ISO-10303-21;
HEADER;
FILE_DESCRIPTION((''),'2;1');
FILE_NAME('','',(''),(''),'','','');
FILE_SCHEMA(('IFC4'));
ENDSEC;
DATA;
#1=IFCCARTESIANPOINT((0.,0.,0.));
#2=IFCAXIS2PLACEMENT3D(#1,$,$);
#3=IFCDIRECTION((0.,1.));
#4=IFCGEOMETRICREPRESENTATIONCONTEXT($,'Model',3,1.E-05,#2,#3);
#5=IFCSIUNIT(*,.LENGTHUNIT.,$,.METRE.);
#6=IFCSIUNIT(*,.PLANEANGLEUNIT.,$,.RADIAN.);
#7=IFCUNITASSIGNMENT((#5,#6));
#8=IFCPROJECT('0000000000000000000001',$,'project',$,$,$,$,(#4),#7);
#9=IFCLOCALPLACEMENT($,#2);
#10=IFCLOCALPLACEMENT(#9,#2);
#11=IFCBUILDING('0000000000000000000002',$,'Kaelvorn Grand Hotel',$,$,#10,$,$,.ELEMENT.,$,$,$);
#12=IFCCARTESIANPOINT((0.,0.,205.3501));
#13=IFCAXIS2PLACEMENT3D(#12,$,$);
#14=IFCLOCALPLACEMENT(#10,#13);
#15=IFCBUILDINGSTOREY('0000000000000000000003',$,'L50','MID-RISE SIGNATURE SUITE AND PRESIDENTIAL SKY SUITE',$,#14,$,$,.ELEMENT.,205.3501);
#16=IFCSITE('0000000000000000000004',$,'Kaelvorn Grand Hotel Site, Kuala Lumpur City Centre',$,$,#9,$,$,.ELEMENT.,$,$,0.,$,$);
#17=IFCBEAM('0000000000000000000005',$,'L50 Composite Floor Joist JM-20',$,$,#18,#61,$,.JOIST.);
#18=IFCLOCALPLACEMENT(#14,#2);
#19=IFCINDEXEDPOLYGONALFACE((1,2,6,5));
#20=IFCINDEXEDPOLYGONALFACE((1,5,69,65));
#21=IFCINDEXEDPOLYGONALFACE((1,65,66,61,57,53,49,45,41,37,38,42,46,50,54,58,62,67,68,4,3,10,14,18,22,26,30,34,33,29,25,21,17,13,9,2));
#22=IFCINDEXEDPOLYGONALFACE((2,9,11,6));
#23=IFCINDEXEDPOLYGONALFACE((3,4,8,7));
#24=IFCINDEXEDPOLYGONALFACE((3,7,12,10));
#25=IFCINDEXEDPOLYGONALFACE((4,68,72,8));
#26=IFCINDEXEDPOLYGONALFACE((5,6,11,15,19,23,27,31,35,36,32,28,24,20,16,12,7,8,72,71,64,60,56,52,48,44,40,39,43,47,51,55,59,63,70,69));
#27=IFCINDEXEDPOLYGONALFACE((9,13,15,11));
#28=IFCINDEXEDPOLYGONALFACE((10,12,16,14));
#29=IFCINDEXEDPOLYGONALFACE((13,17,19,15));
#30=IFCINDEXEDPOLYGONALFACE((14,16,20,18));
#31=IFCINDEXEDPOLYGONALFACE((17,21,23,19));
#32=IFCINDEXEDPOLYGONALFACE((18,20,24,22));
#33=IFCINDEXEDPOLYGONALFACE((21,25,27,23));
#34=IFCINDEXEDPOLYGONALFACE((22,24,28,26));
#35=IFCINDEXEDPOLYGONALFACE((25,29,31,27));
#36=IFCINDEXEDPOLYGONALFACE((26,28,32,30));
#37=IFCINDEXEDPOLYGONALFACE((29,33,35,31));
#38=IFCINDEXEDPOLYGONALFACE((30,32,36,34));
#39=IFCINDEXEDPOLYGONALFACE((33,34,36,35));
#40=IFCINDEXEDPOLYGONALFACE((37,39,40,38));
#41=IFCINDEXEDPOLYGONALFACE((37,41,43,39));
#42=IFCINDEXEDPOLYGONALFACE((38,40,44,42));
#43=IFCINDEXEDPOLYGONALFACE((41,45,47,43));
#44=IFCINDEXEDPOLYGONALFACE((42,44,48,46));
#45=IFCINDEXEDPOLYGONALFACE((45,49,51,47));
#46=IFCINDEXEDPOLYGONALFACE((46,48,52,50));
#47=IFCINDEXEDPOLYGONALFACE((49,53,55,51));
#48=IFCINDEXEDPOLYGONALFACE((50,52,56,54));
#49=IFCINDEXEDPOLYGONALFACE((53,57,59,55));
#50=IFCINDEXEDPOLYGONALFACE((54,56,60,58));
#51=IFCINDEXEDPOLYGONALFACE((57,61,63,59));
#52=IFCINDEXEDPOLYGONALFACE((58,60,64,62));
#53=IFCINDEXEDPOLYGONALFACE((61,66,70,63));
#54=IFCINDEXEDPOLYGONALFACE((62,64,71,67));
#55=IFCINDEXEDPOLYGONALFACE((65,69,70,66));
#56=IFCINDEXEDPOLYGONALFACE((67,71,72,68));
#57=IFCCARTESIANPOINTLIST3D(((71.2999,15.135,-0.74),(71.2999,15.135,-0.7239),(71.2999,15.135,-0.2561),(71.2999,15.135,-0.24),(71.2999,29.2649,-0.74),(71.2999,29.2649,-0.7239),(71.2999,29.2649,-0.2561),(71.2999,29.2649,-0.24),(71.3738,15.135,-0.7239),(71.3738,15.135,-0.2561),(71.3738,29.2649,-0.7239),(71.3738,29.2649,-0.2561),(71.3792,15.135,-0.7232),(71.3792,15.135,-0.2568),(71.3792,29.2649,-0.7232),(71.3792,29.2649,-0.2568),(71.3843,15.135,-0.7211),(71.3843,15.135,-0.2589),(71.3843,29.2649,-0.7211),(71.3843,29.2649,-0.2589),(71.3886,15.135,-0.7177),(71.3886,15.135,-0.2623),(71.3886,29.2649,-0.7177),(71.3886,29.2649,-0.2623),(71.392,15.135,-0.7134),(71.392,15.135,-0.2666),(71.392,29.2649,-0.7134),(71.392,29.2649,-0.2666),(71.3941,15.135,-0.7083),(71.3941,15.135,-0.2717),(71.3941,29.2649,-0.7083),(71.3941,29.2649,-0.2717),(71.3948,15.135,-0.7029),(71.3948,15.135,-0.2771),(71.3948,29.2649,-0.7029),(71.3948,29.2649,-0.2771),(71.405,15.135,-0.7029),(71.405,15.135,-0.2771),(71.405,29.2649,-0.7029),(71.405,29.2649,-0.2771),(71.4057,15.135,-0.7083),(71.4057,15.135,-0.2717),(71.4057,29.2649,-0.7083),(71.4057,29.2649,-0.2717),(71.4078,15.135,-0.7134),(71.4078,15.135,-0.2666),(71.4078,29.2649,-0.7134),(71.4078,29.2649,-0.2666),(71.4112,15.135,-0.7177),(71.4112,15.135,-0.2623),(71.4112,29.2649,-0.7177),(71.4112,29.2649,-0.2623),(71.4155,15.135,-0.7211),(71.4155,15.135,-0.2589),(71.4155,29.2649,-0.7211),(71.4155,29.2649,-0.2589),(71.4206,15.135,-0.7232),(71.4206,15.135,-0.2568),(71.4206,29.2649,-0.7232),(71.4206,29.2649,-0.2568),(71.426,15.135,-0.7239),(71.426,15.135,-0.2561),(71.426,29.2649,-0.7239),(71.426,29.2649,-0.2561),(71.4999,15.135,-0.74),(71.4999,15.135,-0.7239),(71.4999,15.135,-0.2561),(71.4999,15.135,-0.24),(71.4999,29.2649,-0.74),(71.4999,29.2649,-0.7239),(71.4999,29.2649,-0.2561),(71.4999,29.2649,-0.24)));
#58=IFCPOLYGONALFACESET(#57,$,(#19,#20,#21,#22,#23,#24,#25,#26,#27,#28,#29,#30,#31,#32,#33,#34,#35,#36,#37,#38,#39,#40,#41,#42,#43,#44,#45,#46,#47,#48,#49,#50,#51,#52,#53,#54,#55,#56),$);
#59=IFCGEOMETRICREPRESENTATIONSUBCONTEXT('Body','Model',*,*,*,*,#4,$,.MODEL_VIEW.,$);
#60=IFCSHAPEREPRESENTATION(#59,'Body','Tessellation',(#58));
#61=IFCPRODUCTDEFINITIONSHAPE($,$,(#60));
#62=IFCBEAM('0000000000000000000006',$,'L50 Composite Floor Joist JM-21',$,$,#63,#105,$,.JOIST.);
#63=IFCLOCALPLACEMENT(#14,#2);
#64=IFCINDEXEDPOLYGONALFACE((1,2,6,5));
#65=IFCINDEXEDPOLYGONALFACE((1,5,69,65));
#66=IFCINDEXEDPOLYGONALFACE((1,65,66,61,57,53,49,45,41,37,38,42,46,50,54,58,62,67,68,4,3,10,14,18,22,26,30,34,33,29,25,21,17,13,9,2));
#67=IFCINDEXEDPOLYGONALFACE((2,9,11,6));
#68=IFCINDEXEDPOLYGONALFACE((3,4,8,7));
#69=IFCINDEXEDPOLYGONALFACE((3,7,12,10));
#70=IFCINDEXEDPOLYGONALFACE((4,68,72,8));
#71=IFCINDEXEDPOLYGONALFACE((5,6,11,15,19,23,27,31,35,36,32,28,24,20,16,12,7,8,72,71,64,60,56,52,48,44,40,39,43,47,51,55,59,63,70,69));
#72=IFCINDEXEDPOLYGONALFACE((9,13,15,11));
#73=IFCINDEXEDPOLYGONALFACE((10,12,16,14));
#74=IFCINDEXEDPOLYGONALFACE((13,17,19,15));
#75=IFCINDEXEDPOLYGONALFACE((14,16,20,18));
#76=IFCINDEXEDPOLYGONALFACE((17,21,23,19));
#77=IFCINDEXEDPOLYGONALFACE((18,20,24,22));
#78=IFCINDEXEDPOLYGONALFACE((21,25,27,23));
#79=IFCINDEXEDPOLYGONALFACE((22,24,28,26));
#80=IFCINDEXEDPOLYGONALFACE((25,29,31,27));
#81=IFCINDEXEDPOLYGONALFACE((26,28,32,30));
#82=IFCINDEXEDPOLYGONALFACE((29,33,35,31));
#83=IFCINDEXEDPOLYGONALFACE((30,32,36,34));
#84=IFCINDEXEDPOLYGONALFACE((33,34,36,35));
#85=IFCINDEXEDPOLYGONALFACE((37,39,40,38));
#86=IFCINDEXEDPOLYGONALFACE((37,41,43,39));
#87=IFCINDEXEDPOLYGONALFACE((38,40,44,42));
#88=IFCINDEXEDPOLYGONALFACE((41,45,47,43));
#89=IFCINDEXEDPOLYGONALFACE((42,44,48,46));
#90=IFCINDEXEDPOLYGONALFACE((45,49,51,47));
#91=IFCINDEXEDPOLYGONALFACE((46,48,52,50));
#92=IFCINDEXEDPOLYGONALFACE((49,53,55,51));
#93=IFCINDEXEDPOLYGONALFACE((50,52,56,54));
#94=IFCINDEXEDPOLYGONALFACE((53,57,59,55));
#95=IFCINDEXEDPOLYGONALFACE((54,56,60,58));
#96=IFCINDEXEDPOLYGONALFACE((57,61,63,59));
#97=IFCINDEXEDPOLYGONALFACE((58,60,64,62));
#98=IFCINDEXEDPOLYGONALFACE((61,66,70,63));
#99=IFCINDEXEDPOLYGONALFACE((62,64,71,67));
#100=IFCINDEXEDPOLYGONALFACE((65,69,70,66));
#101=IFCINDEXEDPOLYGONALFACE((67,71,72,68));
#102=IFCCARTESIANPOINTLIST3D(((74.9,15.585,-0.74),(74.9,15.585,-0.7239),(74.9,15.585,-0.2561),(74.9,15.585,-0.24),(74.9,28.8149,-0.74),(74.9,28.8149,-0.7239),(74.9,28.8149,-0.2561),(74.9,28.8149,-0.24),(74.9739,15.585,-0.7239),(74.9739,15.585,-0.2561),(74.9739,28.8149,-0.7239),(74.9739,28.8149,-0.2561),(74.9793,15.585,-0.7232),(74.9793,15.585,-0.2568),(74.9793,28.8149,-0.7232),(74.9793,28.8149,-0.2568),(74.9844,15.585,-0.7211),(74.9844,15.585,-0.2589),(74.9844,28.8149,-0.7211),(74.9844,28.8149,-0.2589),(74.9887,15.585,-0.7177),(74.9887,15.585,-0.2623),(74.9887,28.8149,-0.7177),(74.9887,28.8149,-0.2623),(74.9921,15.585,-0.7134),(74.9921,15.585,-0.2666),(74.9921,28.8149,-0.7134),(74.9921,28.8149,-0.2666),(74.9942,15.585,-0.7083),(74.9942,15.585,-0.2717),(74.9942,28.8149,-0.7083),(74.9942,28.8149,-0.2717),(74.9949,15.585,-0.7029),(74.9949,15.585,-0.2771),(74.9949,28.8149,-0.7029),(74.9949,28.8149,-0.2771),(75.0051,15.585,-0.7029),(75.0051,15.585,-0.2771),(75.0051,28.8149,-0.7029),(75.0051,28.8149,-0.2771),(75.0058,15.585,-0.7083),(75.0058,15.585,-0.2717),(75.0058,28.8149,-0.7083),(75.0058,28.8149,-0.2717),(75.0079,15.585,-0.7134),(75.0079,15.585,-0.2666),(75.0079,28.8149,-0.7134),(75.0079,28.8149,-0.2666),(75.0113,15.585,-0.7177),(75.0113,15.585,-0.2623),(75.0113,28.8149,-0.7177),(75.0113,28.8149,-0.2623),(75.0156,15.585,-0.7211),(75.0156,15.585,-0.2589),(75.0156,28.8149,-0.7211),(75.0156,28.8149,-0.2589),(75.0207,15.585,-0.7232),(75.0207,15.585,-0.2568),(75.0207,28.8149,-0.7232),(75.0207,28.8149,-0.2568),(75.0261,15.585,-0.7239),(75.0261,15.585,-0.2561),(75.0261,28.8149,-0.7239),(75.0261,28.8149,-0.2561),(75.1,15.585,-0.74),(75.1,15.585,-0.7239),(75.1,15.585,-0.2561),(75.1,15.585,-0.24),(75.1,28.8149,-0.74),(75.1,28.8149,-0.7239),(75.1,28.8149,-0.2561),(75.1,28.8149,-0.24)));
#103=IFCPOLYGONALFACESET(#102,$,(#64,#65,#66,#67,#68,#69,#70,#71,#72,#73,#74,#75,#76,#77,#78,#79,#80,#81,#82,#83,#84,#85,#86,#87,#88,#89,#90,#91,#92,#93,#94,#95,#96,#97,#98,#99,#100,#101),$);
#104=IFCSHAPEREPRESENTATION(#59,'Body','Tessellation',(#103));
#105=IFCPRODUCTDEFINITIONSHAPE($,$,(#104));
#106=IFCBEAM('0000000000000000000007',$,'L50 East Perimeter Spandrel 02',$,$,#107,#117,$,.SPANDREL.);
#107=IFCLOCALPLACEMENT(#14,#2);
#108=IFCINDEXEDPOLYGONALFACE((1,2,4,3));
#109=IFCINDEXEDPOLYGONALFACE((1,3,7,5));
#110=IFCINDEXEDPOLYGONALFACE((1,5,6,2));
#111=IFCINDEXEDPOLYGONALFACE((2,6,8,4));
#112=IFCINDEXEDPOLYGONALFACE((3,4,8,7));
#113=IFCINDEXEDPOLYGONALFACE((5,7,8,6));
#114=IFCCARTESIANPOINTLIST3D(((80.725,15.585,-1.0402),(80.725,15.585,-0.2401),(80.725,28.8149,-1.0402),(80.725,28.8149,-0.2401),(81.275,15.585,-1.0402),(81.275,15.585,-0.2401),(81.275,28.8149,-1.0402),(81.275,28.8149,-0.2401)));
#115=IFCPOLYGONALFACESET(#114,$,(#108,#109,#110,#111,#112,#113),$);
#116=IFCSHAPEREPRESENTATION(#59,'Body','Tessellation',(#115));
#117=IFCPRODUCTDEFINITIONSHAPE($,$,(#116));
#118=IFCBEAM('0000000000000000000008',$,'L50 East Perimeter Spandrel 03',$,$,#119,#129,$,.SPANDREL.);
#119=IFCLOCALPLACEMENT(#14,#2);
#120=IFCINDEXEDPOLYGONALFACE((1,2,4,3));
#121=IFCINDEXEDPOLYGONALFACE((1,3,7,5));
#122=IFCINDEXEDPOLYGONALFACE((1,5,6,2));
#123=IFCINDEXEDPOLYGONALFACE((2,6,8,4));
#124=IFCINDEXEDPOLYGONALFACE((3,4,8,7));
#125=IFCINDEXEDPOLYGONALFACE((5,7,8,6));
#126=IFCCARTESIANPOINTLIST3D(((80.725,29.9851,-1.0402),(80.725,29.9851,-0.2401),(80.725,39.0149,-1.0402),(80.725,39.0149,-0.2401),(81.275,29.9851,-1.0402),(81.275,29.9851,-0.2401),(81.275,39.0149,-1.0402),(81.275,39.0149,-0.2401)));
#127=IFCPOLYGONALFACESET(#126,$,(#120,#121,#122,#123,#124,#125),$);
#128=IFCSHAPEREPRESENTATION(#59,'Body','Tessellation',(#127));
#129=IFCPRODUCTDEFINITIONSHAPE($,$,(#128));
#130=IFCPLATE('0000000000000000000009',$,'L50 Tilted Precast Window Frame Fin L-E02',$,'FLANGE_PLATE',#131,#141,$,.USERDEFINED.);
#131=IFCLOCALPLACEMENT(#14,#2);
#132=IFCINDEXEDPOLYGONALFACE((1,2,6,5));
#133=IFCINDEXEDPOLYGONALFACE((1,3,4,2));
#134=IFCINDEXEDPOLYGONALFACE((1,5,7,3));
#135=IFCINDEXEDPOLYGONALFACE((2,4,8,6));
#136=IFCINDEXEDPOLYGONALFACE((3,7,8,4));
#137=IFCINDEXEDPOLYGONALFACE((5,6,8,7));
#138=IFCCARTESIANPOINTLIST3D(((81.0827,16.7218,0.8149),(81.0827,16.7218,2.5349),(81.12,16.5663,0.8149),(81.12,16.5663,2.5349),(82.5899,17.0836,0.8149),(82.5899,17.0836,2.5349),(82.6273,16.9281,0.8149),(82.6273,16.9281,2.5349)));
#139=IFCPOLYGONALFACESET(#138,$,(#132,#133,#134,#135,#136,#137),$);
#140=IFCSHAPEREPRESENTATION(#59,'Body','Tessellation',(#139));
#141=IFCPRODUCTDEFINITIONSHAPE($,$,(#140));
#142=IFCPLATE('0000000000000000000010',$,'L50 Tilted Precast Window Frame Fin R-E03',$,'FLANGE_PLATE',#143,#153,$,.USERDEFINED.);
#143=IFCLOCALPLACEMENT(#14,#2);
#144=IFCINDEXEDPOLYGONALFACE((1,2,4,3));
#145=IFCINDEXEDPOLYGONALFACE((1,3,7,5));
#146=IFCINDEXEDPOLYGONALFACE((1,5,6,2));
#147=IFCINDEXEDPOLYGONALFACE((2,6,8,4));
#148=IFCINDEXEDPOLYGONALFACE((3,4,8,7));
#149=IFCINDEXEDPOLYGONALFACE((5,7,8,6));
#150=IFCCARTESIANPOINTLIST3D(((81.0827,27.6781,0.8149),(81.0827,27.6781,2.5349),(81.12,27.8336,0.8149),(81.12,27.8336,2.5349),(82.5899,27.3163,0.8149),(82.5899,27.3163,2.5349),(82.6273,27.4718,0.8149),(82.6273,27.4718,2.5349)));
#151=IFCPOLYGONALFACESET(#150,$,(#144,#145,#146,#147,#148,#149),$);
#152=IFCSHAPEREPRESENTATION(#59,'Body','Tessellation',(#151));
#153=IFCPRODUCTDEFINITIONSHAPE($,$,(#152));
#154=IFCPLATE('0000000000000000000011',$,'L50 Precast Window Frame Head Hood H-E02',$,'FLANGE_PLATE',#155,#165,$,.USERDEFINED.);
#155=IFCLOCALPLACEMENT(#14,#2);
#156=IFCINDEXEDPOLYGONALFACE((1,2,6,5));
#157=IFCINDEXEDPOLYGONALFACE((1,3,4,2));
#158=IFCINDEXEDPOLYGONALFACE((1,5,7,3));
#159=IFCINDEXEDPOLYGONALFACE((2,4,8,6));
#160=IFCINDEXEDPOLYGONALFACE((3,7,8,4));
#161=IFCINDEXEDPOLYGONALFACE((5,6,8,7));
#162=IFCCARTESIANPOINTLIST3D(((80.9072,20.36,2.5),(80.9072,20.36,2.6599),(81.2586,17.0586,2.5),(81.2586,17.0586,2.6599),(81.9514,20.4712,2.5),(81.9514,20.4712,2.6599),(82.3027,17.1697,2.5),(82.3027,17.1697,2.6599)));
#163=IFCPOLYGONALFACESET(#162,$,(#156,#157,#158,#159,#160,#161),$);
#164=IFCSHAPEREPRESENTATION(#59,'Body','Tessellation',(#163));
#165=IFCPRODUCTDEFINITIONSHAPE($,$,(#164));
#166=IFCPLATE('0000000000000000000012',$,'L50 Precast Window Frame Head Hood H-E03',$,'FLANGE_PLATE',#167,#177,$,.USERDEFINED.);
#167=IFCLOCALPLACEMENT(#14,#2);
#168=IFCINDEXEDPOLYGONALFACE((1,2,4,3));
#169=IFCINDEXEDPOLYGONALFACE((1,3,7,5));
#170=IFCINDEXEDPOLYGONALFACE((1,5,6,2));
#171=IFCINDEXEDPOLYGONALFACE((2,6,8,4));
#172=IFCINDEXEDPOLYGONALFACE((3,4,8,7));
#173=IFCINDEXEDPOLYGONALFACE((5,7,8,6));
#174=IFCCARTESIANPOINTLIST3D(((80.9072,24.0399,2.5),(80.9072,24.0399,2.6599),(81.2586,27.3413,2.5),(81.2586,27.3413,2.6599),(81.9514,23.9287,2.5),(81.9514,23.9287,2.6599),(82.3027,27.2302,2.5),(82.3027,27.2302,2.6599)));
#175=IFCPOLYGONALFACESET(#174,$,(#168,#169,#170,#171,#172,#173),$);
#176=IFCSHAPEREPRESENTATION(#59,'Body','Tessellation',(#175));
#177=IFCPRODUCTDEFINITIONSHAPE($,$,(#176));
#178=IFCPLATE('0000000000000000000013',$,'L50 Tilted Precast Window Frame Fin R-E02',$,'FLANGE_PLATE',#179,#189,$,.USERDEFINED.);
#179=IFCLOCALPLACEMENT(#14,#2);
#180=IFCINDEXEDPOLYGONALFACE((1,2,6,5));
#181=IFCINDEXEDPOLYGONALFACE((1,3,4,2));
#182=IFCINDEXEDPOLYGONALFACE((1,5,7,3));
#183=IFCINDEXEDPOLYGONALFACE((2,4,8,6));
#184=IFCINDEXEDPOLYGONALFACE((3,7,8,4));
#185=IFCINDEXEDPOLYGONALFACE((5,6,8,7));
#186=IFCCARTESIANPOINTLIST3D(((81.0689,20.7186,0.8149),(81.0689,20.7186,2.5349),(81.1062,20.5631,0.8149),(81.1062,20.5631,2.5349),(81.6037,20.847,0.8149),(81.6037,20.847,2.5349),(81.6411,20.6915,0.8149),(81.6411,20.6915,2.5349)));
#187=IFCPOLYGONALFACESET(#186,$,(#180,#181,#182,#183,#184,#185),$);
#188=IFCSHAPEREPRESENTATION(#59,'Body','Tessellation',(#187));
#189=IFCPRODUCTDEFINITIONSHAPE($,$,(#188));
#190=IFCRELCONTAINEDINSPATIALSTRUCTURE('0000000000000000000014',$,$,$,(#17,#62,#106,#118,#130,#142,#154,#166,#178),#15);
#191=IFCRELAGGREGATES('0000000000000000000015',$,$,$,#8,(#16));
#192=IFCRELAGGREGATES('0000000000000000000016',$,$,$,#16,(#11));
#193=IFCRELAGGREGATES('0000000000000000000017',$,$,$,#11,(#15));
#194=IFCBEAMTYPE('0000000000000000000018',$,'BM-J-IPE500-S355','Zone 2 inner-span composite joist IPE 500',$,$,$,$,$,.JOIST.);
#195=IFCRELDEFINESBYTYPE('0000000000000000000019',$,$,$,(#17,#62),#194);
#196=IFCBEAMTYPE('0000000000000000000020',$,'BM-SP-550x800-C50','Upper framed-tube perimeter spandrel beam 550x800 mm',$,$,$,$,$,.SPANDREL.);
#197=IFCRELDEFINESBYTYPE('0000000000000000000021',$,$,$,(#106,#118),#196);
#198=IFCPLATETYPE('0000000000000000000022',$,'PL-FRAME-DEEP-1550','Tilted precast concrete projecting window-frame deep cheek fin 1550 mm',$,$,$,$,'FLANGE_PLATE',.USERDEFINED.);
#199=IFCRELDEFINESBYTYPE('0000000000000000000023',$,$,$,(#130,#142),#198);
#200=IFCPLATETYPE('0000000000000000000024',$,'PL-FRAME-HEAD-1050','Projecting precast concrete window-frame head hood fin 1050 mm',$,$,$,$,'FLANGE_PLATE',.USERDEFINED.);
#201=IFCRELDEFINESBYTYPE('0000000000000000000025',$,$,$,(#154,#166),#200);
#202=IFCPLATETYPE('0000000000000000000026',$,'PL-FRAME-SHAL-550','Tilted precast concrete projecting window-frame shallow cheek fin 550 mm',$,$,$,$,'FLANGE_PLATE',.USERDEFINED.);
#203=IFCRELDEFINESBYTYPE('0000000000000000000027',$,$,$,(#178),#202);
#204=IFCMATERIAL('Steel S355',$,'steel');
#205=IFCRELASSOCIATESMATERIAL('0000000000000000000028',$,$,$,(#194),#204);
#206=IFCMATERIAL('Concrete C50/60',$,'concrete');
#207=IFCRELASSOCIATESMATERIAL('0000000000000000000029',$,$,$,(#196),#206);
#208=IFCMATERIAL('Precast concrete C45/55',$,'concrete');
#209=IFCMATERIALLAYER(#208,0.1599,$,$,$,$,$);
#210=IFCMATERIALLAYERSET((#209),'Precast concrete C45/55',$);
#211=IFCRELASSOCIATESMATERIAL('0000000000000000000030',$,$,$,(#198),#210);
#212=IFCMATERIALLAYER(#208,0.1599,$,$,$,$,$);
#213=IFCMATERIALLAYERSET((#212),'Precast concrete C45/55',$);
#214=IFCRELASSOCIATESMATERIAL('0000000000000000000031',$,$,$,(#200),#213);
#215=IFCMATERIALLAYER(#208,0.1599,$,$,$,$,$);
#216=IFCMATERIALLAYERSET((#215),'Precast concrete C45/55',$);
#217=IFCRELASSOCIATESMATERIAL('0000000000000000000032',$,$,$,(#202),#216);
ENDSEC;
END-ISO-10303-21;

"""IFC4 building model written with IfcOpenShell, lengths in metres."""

from ifc_helpers import new_model, si_unit, direction, frame, origin, origin_2d, place, context, subcontext, project, spatial, rectangle, i_section, extrude, material, layer, layer_set, material_profile, profile_set, type_object, element, save


model = new_model("IFC4")

# Units and contexts
model_context = context("Model", 3, precision=1e-05, world=origin(), true_north=direction((0.0, 1.0)))
body_context = subcontext(model_context, "Body", "Model", "MODEL_VIEW")
ifc_project = project(units=[si_unit("LENGTHUNIT", "METRE"), si_unit("PLANEANGLEUNIT", "RADIAN")], contexts=[model_context])

# Site, building, storey
site_placement = place(None, origin())
site = spatial("IfcSite", under=ifc_project, at=site_placement, Name="Kaelvorn Grand Hotel Site, Kuala Lumpur City Centre", CompositionType="ELEMENT", RefElevation=0.0)
building_placement = place(site_placement, origin())
building = spatial("IfcBuilding", under=site, at=building_placement, Name="Kaelvorn Grand Hotel", CompositionType="ELEMENT")
storey_placement = place(building_placement, frame((0.0, 0.0, 205.3501)))
storey = spatial("IfcBuildingStorey", under=building, at=storey_placement, Name="L50", Description="MID-RISE SIGNATURE SUITE AND PRESIDENTIAL SKY SUITE", CompositionType="ELEMENT", Elevation=205.3501)

# Beams
ifc_material_1 = material(Name="Steel S355", Category="steel")
ifc_material_profile_1 = material_profile(ifc_material_1, i_section(OverallWidth=0.2, OverallDepth=0.5, WebThickness=0.0103, FlangeThickness=0.0161, FilletRadius=0.021, at=origin_2d()), Name="IPE 500")
ifc_profile_set_1 = profile_set([ifc_material_profile_1], Name="Steel S355")
beam_type_1 = type_object("IfcBeamType", Name="BM-J-IPE500-S355", Description="Zone 2 inner-span composite joist IPE 500", PredefinedType="JOIST", material=ifc_profile_set_1)
beam_1_placement = place(storey_placement, frame((71.3999, 15.135, -0.49), z_axis=(0.0, 1.0, 0.0), x_axis=(-1.0, 0.0, 0.0)))
element("IfcBeam", 1, at=beam_1_placement, inside=storey, type_object=beam_type_1, Name="L50 Composite Floor Joist JM-20", PredefinedType="JOIST", context=body_context, shape_type="SweptSolid", body=[
    extrude(i_section(OverallWidth=0.2, OverallDepth=0.5, WebThickness=0.0103, FlangeThickness=0.0161, FilletRadius=0.021, at=origin_2d()), origin(), (0.0, 0.0, 1.0), 14.1299),
])
beam_2_placement = place(storey_placement, frame((75.0, 15.585, -0.49), z_axis=(0.0, 1.0, 0.0), x_axis=(-1.0, 0.0, 0.0)))
element("IfcBeam", 2, at=beam_2_placement, inside=storey, type_object=beam_type_1, Name="L50 Composite Floor Joist JM-21", PredefinedType="JOIST", context=body_context, shape_type="SweptSolid", body=[
    extrude(i_section(OverallWidth=0.2, OverallDepth=0.5, WebThickness=0.0103, FlangeThickness=0.0161, FilletRadius=0.021, at=origin_2d()), origin(), (0.0, 0.0, 1.0), 13.23),
])
ifc_material_2 = material(Name="Concrete C50/60", Category="concrete")
ifc_material_profile_2 = material_profile(ifc_material_2, rectangle(XDim=0.55, YDim=0.8, at=origin_2d()), Name="RC SPANDREL 550x800")
ifc_profile_set_2 = profile_set([ifc_material_profile_2], Name="Concrete C50/60")
beam_type_2 = type_object("IfcBeamType", Name="BM-SP-550x800-C50", Description="Upper framed-tube perimeter spandrel beam 550x800 mm", PredefinedType="SPANDREL", material=ifc_profile_set_2)
beam_3_placement = place(storey_placement, frame((81.0, 15.585, -0.6401), z_axis=(0.0, 1.0, 0.0), x_axis=(-1.0, 0.0, 0.0)))
element("IfcBeam", 3, at=beam_3_placement, inside=storey, type_object=beam_type_2, Name="L50 East Perimeter Spandrel 02", PredefinedType="SPANDREL", context=body_context, shape_type="SweptSolid", body=[
    extrude(rectangle(XDim=0.55, YDim=0.8, at=origin_2d()), origin(), (0.0, 0.0, 1.0), 13.23),
])
beam_4_placement = place(storey_placement, frame((81.0, 29.9851, -0.6401), z_axis=(0.0, 1.0, 0.0), x_axis=(-1.0, 0.0, 0.0)))
element("IfcBeam", 4, at=beam_4_placement, inside=storey, type_object=beam_type_2, Name="L50 East Perimeter Spandrel 03", PredefinedType="SPANDREL", context=body_context, shape_type="SweptSolid", body=[
    extrude(rectangle(XDim=0.55, YDim=0.8, at=origin_2d()), origin(), (0.0, 0.0, 1.0), 9.0298),
])

# Plates
ifc_material_3 = material(Name="Precast concrete C45/55", Category="concrete")
ifc_layer_1 = layer(ifc_material_3, 0.1599)
ifc_layer_set_1 = layer_set([ifc_layer_1], Name="Precast concrete C45/55")
plate_type_1 = type_object("IfcPlateType", Name="PL-FRAME-DEEP-1550", Description="Tilted precast concrete projecting window-frame deep cheek fin 1550 mm", ElementType="FLANGE_PLATE", PredefinedType="USERDEFINED", material=ifc_layer_set_1)
for number, where, z_axis, x_axis, name in (
    (5, (81.855, 16.825, 0.8149), (0.0, 0.0, 1.0), (-0.233445, 0.97237, 0.0), "L50 Tilted Precast Window Frame Fin L-E02"),
    (6, (81.855, 27.575, 0.8149), (0.0, 0.0, 1.0), (0.233445, 0.97237, 0.0), "L50 Tilted Precast Window Frame Fin R-E03"),
):
    element("IfcPlate", number, at=place(storey_placement, frame(where, z_axis=z_axis, x_axis=x_axis)), inside=storey, type_object=plate_type_1, Name=name, ObjectType="FLANGE_PLATE", PredefinedType="USERDEFINED", context=body_context, shape_type="SweptSolid", body=[
        extrude(rectangle(XDim=0.1599, YDim=1.55, at=origin_2d()), origin(), (0.0, 0.0, 1.0), 1.72),
    ])
ifc_layer_2 = layer(ifc_material_3, 0.1599)
ifc_layer_set_2 = layer_set([ifc_layer_2], Name="Precast concrete C45/55")
plate_type_2 = type_object("IfcPlateType", Name="PL-FRAME-HEAD-1050", Description="Projecting precast concrete window-frame head hood fin 1050 mm", ElementType="FLANGE_PLATE", PredefinedType="USERDEFINED", material=ifc_layer_set_2)
for number, where, z_axis, x_axis, name in (
    (7, (81.605, 18.7649, 2.5), (0.0, 0.0, 1.0), (-0.10583, 0.994384, 0.0), "L50 Precast Window Frame Head Hood H-E02"),
    (8, (81.605, 25.635, 2.5), (0.0, 0.0, 1.0), (0.10583, 0.994384, 0.0), "L50 Precast Window Frame Head Hood H-E03"),
):
    element("IfcPlate", number, at=place(storey_placement, frame(where, z_axis=z_axis, x_axis=x_axis)), inside=storey, type_object=plate_type_2, Name=name, ObjectType="FLANGE_PLATE", PredefinedType="USERDEFINED", context=body_context, shape_type="SweptSolid", body=[
        extrude(rectangle(XDim=3.3201, YDim=1.05, at=origin_2d()), origin(), (0.0, 0.0, 1.0), 0.1599),
    ])
ifc_layer_3 = layer(ifc_material_3, 0.1599)
ifc_layer_set_3 = layer_set([ifc_layer_3], Name="Precast concrete C45/55")
plate_type_3 = type_object("IfcPlateType", Name="PL-FRAME-SHAL-550", Description="Tilted precast concrete projecting window-frame shallow cheek fin 550 mm", ElementType="FLANGE_PLATE", PredefinedType="USERDEFINED", material=ifc_layer_set_3)
for number, where, z_axis, x_axis, name in (
    (9, (81.355, 20.7051, 0.8149), (0.0, 0.0, 1.0), (-0.233445, 0.97237, 0.0), "L50 Tilted Precast Window Frame Fin R-E02"),
):
    element("IfcPlate", number, at=place(storey_placement, frame(where, z_axis=z_axis, x_axis=x_axis)), inside=storey, type_object=plate_type_3, Name=name, ObjectType="FLANGE_PLATE", PredefinedType="USERDEFINED", context=body_context, shape_type="SweptSolid", body=[
        extrude(rectangle(XDim=0.1599, YDim=0.55, at=origin_2d()), origin(), (0.0, 0.0, 1.0), 1.72),
    ])

save(model, "model.ifc")
